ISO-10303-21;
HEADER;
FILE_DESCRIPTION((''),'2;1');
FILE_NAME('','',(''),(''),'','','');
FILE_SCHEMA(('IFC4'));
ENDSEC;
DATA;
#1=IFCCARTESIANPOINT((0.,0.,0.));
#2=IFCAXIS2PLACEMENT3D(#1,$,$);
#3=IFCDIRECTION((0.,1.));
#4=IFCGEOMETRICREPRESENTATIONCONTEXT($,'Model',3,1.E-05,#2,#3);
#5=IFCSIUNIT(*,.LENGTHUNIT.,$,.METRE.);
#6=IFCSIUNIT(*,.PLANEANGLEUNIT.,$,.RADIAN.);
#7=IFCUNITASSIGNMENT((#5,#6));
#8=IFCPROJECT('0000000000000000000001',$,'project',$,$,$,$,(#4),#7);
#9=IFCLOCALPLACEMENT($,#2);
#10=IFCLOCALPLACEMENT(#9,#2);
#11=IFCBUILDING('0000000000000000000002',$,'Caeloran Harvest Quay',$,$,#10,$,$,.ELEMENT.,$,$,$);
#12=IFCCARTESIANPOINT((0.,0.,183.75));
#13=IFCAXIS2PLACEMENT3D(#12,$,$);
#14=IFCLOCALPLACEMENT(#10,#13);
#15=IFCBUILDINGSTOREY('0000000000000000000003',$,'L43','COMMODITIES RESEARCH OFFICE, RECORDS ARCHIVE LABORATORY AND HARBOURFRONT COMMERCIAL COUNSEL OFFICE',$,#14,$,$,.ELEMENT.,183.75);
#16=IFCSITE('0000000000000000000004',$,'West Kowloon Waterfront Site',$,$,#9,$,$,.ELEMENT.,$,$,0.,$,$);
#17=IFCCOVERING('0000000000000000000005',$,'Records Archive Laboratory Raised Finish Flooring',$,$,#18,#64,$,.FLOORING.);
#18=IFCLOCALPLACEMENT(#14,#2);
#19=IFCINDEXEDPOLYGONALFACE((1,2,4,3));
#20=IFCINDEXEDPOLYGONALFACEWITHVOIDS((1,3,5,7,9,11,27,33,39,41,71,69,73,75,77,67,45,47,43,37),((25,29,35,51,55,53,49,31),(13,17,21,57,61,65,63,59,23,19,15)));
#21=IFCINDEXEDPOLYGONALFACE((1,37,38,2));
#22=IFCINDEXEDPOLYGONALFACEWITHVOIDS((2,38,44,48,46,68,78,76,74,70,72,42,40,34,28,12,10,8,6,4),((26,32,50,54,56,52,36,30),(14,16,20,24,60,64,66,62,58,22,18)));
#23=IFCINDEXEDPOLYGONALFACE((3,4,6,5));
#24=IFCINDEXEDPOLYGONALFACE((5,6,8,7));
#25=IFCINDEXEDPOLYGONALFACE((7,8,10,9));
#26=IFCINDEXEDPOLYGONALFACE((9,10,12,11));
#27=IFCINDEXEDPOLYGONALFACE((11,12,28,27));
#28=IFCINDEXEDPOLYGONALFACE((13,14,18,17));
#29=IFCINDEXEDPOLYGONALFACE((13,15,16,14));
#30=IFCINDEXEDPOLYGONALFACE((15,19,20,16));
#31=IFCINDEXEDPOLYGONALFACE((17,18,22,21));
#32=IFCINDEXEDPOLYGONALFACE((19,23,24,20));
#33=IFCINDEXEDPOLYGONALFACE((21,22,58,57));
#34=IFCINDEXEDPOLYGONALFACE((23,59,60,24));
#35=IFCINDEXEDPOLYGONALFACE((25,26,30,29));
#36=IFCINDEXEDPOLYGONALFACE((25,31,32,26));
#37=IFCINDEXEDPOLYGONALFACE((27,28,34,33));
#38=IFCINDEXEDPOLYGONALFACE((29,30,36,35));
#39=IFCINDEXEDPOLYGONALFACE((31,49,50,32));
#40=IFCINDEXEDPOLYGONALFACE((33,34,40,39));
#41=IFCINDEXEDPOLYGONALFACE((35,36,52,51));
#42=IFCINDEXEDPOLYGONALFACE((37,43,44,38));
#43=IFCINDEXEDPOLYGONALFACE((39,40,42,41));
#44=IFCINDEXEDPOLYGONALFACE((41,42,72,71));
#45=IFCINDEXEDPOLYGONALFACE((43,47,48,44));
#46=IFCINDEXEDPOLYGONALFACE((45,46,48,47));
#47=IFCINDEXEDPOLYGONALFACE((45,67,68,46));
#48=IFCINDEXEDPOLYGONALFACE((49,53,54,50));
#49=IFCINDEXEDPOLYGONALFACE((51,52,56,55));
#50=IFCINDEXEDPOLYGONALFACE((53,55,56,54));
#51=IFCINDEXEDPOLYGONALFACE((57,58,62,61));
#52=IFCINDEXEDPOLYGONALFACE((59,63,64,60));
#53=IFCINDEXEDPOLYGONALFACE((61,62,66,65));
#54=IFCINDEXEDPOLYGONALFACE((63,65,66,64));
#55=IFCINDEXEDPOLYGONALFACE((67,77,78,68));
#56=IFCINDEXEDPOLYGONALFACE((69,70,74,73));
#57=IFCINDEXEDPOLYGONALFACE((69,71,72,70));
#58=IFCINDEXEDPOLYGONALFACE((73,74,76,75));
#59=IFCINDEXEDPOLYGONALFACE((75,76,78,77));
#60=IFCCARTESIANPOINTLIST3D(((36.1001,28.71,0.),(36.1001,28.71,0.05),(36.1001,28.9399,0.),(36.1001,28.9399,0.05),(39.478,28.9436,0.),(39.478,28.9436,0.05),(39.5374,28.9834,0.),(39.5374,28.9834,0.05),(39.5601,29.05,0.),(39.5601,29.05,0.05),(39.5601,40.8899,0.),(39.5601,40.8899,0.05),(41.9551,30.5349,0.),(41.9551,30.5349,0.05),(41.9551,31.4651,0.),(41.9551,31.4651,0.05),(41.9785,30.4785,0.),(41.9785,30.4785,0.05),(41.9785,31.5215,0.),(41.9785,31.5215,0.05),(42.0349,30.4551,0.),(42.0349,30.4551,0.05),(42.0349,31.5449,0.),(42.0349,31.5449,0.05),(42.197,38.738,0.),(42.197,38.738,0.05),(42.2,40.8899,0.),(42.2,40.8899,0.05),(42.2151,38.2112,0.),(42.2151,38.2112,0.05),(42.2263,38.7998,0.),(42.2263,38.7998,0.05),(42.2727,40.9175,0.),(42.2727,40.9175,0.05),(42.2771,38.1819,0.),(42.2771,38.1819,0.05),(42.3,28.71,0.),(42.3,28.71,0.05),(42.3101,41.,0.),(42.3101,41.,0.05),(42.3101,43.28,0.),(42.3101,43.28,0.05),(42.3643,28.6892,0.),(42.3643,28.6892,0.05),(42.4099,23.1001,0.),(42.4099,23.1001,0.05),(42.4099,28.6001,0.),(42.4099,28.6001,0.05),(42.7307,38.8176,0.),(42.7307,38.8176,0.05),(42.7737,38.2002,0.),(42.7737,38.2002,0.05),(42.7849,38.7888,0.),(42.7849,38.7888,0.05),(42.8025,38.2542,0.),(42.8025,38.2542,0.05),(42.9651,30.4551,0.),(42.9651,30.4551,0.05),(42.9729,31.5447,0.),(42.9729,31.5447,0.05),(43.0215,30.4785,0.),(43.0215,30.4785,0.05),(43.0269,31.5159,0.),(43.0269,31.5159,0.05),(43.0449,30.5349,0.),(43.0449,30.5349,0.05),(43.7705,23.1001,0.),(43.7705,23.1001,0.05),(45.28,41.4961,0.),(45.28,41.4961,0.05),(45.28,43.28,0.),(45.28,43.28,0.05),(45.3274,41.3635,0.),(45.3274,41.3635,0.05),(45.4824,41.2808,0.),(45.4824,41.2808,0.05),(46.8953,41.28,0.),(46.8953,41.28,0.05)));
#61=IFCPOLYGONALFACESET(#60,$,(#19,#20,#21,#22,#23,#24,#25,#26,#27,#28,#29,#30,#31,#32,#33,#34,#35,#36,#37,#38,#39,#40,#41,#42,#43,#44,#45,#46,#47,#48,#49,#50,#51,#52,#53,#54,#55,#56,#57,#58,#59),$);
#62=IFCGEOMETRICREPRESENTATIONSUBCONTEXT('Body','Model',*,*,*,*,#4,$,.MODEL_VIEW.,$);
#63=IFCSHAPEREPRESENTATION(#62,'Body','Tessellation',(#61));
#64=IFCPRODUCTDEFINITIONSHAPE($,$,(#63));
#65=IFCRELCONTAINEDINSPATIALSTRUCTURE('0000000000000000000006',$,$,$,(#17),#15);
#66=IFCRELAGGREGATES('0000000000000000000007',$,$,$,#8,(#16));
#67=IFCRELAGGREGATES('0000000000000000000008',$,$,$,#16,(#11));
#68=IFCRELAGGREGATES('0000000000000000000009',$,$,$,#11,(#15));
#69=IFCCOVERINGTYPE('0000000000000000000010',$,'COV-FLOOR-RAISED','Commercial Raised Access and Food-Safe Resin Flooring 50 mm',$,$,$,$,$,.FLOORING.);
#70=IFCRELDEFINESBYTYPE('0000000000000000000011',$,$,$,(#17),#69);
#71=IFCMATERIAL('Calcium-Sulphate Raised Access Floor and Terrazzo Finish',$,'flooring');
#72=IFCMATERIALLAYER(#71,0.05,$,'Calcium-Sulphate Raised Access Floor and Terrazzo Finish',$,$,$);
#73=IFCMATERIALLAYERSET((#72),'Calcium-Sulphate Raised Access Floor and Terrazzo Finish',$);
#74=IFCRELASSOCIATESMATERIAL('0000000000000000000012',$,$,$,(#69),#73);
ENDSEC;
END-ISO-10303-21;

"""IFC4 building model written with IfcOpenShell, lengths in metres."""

from ifc_helpers import new_model, si_unit, direction, frame, origin, place, context, subcontext, project, spatial, polyline, outline, extrude, material, layer, layer_set, type_object, element, save


model = new_model("IFC4")

# Units and contexts
model_context = context("Model", 3, precision=1e-05, world=origin(), true_north=direction((0.0, 1.0)))
body_context = subcontext(model_context, "Body", "Model", "MODEL_VIEW")
ifc_project = project(units=[si_unit("LENGTHUNIT", "METRE"), si_unit("PLANEANGLEUNIT", "RADIAN")], contexts=[model_context])

# Site, building, storey
site_placement = place(None, origin())
site = spatial("IfcSite", under=ifc_project, at=site_placement, Name="West Kowloon Waterfront Site", CompositionType="ELEMENT", RefElevation=0.0)
building_placement = place(site_placement, origin())
building = spatial("IfcBuilding", under=site, at=building_placement, Name="Caeloran Harvest Quay", CompositionType="ELEMENT")
storey_placement = place(building_placement, frame((0.0, 0.0, 183.75)))
storey = spatial("IfcBuildingStorey", under=building, at=storey_placement, Name="L43", Description="COMMODITIES RESEARCH OFFICE, RECORDS ARCHIVE LABORATORY AND HARBOURFRONT COMMERCIAL COUNSEL OFFICE", CompositionType="ELEMENT", Elevation=183.75)

# Covering
ifc_material_1 = material(Name="Calcium-Sulphate Raised Access Floor and Terrazzo Finish", Category="flooring")
ifc_layer_1 = layer(ifc_material_1, 0.05, Name="Calcium-Sulphate Raised Access Floor and Terrazzo Finish")
ifc_layer_set_1 = layer_set([ifc_layer_1], Name="Calcium-Sulphate Raised Access Floor and Terrazzo Finish")
covering_type_1 = type_object("IfcCoveringType", Name="COV-FLOOR-RAISED", Description="Commercial Raised Access and Food-Safe Resin Flooring 50 mm", PredefinedType="FLOORING", material=ifc_layer_set_1)
covering_1_placement = place(storey_placement, origin())
element("IfcCovering", 1, at=covering_1_placement, inside=storey, type_object=covering_type_1, Name="Records Archive Laboratory Raised Finish Flooring", PredefinedType="FLOORING", context=body_context, shape_type="SweptSolid", body=[
    extrude(outline(polyline([(39.478, 28.9436), (39.5374, 28.9834), (39.5601, 29.05), (39.5601, 40.8899), (42.2, 40.8899), (42.2727, 40.9175), (42.3101, 41.0), (42.3101, 43.28), (45.28, 43.28), (45.28, 41.4961), (45.3274, 41.3635), (45.4824, 41.2808), (46.8953, 41.28), (43.7705, 23.1001), (42.4099, 23.1001), (42.4099, 28.6001), (42.3643, 28.6892), (42.3, 28.71), (36.1001, 28.71), (36.1001, 28.9399), (39.478, 28.9436)]), holes=[polyline([(43.0449, 30.5349), (43.0269, 31.5159), (42.9729, 31.5447), (42.0349, 31.5449), (41.9785, 31.5215), (41.9551, 31.4651), (41.9551, 30.5349), (41.9785, 30.4785), (42.0349, 30.4551), (42.9651, 30.4551), (43.0215, 30.4785), (43.0449, 30.5349)]), polyline([(42.8025, 38.2542), (42.7849, 38.7888), (42.7307, 38.8176), (42.2263, 38.7998), (42.197, 38.738), (42.2151, 38.2112), (42.2771, 38.1819), (42.7737, 38.2002), (42.8025, 38.2542)])]), origin(), (0.0, 0.0, 1.0), 0.05),
])

save(model, "model.ifc")
